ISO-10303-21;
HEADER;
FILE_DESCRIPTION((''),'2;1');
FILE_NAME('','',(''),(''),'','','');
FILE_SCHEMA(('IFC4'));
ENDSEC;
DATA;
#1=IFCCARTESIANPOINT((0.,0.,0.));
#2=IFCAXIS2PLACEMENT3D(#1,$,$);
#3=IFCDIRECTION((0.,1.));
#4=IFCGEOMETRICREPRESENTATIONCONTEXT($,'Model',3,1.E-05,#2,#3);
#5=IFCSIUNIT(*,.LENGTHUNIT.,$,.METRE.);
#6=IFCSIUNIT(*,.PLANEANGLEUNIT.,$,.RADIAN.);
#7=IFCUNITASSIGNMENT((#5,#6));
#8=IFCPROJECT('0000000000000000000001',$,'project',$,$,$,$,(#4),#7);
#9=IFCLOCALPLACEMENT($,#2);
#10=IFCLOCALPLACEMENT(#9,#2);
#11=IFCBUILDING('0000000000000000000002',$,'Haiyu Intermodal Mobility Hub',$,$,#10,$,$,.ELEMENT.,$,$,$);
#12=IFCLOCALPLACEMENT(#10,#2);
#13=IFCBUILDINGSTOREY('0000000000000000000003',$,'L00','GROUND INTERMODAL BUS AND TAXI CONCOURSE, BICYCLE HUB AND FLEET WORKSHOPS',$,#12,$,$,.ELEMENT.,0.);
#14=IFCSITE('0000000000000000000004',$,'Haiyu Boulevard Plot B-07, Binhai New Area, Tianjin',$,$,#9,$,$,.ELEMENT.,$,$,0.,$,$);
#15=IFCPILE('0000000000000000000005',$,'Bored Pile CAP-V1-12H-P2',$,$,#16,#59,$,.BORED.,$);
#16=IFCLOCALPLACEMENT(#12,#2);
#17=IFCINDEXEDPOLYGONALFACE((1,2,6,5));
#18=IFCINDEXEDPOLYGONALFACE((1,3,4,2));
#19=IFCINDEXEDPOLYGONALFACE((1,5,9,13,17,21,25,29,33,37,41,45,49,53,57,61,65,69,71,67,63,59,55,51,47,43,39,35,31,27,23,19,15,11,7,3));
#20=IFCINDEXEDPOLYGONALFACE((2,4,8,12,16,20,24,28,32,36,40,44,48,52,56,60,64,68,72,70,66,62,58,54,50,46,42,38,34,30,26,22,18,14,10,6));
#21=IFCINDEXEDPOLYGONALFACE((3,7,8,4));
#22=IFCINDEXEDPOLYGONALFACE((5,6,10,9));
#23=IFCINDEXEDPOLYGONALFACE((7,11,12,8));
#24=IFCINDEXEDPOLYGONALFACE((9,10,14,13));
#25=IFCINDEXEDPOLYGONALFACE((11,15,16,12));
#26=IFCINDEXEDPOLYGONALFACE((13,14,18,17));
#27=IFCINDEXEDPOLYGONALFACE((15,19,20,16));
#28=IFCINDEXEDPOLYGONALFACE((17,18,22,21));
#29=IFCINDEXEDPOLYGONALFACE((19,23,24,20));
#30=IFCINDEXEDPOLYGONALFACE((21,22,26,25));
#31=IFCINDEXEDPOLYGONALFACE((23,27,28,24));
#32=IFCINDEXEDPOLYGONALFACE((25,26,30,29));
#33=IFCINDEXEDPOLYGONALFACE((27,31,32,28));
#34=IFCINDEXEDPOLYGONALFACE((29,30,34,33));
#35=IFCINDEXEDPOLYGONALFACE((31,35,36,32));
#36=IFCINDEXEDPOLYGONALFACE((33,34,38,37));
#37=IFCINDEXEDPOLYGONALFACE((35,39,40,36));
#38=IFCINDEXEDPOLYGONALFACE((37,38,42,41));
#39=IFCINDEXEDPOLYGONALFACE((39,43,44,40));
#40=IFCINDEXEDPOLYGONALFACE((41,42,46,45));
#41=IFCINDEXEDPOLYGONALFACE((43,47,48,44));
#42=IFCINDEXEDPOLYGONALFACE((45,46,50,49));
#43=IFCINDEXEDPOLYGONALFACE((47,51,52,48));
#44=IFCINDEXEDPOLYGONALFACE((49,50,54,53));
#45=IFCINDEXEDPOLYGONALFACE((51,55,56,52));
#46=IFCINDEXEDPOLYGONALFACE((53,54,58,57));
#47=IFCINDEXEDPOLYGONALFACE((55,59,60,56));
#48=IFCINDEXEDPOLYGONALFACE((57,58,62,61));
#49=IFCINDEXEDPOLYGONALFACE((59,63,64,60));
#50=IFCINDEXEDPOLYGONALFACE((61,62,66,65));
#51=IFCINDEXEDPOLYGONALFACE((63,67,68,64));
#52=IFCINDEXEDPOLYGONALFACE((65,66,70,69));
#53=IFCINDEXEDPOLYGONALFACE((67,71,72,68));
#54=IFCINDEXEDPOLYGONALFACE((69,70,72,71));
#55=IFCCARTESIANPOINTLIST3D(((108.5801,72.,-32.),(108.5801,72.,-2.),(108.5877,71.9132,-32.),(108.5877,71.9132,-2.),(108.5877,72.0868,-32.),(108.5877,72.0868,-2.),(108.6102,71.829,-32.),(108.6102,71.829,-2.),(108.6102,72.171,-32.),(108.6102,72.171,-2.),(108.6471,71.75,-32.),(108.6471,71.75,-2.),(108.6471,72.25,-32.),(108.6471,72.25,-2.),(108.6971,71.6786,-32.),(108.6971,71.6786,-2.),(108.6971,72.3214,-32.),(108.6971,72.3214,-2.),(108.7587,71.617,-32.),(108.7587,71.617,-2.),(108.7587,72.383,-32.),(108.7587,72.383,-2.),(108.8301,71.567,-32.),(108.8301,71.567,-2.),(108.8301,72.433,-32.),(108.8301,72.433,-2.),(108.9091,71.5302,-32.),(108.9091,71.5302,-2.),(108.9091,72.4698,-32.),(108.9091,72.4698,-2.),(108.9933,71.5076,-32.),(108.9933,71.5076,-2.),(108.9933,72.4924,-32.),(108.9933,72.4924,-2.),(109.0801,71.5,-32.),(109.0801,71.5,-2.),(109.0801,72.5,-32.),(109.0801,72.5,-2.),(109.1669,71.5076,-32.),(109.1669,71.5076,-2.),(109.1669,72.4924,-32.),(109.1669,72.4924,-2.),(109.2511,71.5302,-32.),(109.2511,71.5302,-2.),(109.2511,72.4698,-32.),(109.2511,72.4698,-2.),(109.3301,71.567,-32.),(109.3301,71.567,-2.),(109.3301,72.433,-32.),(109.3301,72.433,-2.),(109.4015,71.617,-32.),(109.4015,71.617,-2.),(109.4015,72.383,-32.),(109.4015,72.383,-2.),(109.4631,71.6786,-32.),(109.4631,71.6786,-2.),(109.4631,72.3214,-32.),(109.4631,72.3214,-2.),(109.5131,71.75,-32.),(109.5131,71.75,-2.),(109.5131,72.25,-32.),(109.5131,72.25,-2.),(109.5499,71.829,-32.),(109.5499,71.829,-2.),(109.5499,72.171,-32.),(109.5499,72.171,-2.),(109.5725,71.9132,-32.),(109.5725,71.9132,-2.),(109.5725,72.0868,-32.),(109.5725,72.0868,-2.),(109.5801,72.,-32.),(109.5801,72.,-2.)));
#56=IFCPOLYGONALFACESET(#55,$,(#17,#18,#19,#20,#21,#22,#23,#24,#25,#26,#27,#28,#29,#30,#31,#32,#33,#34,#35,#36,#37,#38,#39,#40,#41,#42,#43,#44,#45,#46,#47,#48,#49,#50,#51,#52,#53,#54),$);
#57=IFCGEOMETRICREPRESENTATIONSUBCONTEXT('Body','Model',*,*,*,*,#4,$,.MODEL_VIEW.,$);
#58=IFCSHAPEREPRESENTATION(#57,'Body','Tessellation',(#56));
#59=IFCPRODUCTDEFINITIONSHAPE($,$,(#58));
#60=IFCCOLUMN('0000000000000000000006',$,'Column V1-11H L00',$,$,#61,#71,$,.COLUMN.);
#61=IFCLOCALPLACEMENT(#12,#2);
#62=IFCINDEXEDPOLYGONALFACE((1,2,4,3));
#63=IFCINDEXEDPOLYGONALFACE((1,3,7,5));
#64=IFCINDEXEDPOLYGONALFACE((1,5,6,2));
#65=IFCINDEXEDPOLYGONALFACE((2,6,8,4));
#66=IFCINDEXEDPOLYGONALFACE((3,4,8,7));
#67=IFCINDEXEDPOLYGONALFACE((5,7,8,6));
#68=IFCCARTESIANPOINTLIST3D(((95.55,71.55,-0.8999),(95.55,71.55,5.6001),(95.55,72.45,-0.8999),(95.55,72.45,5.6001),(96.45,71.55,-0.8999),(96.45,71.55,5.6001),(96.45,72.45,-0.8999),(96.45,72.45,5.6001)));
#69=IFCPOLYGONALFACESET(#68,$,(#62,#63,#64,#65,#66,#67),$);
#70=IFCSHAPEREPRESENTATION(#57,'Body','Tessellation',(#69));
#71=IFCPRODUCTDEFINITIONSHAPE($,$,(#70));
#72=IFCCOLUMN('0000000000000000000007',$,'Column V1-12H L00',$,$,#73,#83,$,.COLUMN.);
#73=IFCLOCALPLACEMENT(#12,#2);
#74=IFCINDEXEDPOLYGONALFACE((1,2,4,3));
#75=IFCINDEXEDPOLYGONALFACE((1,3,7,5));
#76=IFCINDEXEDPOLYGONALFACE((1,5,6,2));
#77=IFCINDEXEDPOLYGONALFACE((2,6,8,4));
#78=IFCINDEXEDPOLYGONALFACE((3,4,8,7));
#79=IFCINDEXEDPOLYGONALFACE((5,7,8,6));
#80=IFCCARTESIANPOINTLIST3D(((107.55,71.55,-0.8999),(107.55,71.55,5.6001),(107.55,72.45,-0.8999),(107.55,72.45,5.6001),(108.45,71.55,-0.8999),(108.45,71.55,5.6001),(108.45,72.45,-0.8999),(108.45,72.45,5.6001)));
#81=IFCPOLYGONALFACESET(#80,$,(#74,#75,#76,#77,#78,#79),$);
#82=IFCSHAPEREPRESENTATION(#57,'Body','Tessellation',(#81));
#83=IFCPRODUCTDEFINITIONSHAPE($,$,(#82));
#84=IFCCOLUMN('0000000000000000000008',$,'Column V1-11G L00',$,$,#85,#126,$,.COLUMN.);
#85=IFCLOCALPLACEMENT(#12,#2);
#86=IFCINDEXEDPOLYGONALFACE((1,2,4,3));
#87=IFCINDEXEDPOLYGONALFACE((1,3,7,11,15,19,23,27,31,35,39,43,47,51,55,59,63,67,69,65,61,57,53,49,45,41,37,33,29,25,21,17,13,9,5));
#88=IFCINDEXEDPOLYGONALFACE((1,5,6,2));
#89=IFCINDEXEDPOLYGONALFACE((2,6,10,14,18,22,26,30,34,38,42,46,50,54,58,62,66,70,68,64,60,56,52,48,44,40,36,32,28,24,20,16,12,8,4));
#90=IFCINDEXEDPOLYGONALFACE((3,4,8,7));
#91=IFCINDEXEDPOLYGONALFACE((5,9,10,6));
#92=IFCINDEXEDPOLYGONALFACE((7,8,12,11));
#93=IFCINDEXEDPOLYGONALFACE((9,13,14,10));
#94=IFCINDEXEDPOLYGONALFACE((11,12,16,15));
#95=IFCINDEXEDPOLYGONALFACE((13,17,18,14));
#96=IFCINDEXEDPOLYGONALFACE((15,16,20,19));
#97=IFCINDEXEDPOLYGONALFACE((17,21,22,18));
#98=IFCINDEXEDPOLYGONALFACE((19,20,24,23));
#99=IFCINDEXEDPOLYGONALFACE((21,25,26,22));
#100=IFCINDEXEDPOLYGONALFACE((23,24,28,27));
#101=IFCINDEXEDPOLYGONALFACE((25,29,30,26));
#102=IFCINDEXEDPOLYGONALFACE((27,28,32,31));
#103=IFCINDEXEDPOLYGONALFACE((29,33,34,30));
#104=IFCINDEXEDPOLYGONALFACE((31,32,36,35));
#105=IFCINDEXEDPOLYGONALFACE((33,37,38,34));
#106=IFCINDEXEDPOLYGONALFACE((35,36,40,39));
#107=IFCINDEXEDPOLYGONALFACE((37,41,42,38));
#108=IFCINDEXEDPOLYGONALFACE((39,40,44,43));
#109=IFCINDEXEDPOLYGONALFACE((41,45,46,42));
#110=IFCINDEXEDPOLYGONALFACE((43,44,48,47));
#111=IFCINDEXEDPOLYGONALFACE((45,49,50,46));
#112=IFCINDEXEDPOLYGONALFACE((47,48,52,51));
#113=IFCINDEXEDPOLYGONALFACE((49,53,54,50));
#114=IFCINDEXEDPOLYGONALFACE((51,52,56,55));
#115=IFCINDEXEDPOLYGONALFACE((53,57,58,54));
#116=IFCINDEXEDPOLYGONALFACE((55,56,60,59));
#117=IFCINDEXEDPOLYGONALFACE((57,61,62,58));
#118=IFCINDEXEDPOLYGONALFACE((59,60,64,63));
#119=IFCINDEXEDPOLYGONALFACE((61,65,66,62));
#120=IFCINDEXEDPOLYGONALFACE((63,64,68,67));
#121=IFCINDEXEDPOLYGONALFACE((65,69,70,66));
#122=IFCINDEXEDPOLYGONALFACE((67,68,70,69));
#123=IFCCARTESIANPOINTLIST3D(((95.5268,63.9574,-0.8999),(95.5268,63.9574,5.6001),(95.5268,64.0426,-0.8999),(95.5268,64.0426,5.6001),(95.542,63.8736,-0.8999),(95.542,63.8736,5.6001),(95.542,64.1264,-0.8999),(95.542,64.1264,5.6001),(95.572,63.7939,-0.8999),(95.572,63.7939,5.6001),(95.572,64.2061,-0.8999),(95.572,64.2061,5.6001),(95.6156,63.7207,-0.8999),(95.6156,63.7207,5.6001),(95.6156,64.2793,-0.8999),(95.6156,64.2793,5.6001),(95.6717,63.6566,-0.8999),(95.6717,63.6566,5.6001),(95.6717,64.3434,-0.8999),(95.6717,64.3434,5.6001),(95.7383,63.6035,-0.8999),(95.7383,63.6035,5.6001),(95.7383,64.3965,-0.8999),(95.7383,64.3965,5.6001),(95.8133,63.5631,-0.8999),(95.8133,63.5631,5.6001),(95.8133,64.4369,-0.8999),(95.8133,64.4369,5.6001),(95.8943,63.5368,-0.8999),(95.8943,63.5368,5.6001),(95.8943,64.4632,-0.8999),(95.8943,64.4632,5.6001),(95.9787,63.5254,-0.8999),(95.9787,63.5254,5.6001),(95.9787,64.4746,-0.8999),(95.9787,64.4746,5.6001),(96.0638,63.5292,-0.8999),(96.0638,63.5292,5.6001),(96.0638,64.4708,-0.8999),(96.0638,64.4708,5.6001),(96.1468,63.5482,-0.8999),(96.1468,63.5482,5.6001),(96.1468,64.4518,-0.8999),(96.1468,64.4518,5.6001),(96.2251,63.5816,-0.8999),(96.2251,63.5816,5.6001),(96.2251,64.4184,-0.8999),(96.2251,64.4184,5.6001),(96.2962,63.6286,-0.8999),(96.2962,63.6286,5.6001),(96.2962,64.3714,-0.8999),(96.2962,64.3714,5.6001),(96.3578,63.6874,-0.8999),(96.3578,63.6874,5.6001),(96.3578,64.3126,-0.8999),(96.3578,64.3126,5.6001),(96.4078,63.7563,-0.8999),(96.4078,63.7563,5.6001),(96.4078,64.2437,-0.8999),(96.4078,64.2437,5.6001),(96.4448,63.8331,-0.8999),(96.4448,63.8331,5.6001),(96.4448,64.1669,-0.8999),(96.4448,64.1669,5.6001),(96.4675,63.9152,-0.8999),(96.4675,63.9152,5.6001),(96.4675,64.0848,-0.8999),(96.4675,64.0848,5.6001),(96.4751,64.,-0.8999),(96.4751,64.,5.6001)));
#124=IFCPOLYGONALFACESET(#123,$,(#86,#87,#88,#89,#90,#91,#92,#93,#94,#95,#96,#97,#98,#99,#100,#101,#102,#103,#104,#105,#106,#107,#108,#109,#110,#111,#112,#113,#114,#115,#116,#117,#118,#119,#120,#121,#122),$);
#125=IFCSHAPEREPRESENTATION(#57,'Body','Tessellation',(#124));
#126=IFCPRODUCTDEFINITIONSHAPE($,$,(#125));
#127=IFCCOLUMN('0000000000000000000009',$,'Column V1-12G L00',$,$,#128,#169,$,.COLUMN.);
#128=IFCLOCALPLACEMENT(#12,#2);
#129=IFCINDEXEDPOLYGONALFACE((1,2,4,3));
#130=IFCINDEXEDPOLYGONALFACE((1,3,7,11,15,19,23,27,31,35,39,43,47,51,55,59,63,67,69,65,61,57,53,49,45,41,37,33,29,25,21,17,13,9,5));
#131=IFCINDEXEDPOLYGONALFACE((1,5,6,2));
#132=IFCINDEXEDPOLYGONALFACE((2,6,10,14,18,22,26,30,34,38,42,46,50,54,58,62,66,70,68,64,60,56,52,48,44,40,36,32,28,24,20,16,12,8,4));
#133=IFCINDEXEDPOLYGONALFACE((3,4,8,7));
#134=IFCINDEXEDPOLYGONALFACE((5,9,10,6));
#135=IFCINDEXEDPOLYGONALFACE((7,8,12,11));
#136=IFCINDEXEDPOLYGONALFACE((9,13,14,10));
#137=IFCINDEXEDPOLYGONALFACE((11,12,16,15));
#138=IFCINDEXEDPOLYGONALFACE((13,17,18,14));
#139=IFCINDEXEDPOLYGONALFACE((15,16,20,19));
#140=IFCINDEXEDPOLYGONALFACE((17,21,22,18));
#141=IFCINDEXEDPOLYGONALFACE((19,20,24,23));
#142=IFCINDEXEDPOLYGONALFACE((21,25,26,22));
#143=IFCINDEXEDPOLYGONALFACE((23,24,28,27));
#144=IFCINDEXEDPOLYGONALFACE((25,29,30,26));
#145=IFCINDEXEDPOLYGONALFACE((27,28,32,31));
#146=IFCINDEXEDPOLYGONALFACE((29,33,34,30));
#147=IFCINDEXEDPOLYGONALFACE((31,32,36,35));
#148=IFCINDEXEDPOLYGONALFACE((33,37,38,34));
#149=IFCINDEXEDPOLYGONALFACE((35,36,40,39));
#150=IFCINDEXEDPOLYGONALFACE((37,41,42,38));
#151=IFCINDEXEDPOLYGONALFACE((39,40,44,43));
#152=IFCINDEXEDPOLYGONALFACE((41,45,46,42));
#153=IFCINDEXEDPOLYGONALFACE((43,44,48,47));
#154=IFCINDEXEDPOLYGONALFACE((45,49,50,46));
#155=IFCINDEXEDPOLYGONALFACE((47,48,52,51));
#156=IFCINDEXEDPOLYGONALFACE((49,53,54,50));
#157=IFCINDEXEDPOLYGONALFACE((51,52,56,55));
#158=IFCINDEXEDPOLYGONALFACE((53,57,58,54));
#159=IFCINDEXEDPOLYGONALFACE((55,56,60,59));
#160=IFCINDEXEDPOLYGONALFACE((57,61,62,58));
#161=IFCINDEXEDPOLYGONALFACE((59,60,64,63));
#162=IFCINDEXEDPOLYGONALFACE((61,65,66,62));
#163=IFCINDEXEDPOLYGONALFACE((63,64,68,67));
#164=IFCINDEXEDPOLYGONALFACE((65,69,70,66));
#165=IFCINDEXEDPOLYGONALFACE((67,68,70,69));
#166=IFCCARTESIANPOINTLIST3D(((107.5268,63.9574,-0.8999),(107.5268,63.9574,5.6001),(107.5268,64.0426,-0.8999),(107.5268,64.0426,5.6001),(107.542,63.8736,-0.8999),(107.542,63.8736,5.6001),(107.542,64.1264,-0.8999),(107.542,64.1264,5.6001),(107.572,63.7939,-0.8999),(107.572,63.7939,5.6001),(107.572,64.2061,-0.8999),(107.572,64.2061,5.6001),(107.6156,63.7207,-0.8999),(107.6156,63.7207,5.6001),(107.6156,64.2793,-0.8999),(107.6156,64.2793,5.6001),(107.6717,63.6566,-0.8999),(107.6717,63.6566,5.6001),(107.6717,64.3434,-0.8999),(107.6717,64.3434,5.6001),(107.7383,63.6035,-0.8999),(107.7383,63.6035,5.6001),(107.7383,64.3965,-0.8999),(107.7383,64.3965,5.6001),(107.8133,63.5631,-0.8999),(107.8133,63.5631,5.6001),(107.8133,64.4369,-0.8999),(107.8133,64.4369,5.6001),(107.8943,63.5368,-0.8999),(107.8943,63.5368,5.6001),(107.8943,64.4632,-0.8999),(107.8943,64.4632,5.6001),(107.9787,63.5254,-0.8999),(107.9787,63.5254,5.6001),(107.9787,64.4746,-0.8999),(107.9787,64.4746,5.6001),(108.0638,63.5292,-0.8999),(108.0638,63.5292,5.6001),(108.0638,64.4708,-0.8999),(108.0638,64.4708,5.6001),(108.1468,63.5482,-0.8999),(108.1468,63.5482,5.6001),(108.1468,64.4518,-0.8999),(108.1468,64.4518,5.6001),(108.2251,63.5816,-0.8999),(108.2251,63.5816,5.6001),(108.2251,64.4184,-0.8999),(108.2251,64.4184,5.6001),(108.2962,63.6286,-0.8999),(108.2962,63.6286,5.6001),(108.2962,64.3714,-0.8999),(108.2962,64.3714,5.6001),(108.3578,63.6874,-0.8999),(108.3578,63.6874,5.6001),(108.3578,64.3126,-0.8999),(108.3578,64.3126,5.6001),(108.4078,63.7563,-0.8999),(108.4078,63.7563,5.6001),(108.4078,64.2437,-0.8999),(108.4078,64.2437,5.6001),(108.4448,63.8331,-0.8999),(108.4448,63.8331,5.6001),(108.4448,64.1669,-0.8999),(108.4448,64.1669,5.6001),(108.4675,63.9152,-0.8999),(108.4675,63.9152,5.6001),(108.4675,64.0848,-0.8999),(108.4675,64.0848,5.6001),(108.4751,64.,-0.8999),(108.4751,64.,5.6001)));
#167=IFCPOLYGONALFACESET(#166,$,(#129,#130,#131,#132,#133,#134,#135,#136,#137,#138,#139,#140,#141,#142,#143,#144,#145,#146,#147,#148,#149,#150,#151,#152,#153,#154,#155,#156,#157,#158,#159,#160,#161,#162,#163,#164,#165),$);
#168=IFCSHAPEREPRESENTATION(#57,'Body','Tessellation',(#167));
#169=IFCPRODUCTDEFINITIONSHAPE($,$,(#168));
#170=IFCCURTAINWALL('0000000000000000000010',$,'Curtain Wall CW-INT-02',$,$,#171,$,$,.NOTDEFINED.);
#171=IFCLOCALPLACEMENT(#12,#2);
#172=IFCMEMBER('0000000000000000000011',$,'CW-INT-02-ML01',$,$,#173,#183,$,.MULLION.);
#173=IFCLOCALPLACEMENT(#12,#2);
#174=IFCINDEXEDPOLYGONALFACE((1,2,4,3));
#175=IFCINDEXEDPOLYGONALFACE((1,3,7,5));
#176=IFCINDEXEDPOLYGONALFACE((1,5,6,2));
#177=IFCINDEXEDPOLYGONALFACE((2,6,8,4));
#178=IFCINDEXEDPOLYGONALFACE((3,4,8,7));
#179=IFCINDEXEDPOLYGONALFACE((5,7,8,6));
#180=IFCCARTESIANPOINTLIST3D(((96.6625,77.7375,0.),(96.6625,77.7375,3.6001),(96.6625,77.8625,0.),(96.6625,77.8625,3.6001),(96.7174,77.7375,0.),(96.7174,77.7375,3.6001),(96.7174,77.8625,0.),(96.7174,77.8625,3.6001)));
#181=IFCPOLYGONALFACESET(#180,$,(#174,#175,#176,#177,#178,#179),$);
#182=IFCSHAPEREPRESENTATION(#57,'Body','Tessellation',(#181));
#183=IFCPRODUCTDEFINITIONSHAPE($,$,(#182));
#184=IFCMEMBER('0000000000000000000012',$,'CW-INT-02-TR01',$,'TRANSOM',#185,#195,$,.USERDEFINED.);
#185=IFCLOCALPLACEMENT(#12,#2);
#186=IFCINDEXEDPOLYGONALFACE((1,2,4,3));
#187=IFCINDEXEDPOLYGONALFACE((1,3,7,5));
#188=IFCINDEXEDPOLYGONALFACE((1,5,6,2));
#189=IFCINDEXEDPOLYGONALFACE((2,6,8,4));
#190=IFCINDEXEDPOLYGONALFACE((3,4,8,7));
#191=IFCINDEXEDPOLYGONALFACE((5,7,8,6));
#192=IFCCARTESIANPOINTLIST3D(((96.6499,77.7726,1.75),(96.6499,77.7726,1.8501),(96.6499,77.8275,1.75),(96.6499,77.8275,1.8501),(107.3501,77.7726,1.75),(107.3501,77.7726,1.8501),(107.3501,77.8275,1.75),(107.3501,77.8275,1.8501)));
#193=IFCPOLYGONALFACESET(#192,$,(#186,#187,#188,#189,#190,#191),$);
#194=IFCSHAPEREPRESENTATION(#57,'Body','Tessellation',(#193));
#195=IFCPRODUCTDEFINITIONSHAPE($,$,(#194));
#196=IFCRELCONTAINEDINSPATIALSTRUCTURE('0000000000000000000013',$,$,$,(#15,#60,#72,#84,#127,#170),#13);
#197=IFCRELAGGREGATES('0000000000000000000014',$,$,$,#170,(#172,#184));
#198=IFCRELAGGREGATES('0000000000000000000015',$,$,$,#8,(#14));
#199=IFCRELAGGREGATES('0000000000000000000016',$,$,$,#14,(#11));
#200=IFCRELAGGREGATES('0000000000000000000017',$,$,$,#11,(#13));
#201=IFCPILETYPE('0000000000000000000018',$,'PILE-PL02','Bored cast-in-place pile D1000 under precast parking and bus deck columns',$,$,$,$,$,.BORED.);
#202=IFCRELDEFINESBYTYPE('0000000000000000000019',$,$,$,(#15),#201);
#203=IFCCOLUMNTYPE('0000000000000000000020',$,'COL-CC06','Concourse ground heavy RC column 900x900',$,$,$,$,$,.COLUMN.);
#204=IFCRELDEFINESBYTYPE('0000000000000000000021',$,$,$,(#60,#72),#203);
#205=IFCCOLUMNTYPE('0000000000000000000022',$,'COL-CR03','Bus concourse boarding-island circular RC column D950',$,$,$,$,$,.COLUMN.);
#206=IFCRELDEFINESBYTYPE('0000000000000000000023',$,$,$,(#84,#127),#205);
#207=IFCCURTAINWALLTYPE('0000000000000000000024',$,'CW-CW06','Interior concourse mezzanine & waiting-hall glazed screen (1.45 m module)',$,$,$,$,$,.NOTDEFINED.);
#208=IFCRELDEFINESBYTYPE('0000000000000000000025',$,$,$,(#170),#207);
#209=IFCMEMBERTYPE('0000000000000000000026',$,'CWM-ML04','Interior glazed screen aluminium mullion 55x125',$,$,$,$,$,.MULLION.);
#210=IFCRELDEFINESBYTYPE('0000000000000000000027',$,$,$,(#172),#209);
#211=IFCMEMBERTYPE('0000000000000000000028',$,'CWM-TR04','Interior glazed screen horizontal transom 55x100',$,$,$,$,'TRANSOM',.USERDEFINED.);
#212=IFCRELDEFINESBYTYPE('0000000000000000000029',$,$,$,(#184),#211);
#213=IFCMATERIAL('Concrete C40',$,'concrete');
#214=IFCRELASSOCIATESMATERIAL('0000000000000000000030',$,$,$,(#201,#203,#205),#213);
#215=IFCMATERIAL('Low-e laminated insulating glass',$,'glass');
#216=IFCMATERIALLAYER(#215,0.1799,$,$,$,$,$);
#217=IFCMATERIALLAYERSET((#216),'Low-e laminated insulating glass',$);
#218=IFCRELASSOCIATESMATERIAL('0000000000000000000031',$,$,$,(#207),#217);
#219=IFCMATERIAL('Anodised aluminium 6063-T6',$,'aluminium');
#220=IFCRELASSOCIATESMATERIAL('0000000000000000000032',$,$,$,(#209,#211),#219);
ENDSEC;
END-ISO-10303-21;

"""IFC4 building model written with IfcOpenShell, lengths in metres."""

from ifc_helpers import new_model, si_unit, direction, frame, origin, origin_2d, place, context, subcontext, project, spatial, rectangle, circle, extrude, material, layer, layer_set, material_profile, profile_set, type_object, element, aggregate, save


model = new_model("IFC4")

# Units and contexts
model_context = context("Model", 3, precision=1e-05, world=origin(), true_north=direction((0.0, 1.0)))
body_context = subcontext(model_context, "Body", "Model", "MODEL_VIEW")
ifc_project = project(units=[si_unit("LENGTHUNIT", "METRE"), si_unit("PLANEANGLEUNIT", "RADIAN")], contexts=[model_context])

# Site, building, storey
site_placement = place(None, origin())
site = spatial("IfcSite", under=ifc_project, at=site_placement, Name="Haiyu Boulevard Plot B-07, Binhai New Area, Tianjin", CompositionType="ELEMENT", RefElevation=0.0)
building_placement = place(site_placement, origin())
building = spatial("IfcBuilding", under=site, at=building_placement, Name="Haiyu Intermodal Mobility Hub", CompositionType="ELEMENT")
storey_placement = place(building_placement, origin())
storey = spatial("IfcBuildingStorey", under=building, at=storey_placement, Name="L00", Description="GROUND INTERMODAL BUS AND TAXI CONCOURSE, BICYCLE HUB AND FLEET WORKSHOPS", CompositionType="ELEMENT", Elevation=0.0)

# Shared definitions
ifc_material_1 = material(Name="Concrete C40", Category="concrete")

# Pile
ifc_material_profile_1 = material_profile(ifc_material_1, circle(Radius=0.5, at=origin_2d()), Name="PILE-D1000")
ifc_profile_set_1 = profile_set([ifc_material_profile_1], Name="Concrete C40")
pile_type = type_object("IfcPileType", Name="PILE-PL02", Description="Bored cast-in-place pile D1000 under precast parking and bus deck columns", PredefinedType="BORED", material=ifc_profile_set_1)
for number, where, z_axis, x_axis, name in (
    (1, (109.0801, 72.0, -2.0), (0.0, 0.0, -1.0), (1.0, 0.0, 0.0), "Bored Pile CAP-V1-12H-P2"),
):
    element("IfcPile", number, at=place(storey_placement, frame(where, z_axis=z_axis, x_axis=x_axis)), inside=storey, type_object=pile_type, Name=name, PredefinedType="BORED", context=body_context, shape_type="SweptSolid", body=[
        extrude(circle(Radius=0.5, at=origin_2d()), origin(), (0.0, 0.0, 1.0), 30.0),
    ])

# Columns
ifc_material_profile_2 = material_profile(ifc_material_1, rectangle(XDim=0.8999, YDim=0.8999, at=origin_2d()), Name="RC900x900")
ifc_profile_set_2 = profile_set([ifc_material_profile_2], Name="Concrete C40")
column_type_1 = type_object("IfcColumnType", Name="COL-CC06", Description="Concourse ground heavy RC column 900x900", PredefinedType="COLUMN", material=ifc_profile_set_2)
for number, where, z_axis, x_axis, name in (
    (2, (96.0, 72.0, -0.8999), (0.0, 0.0, 1.0), (1.0, 0.0, 0.0), "Column V1-11H L00"),
    (3, (108.0, 72.0, -0.8999), (0.0, 0.0, 1.0), (1.0, 0.0, 0.0), "Column V1-12H L00"),
):
    element("IfcColumn", number, at=place(storey_placement, frame(where, z_axis=z_axis, x_axis=x_axis)), inside=storey, type_object=column_type_1, Name=name, PredefinedType="COLUMN", context=body_context, shape_type="SweptSolid", body=[
        extrude(rectangle(XDim=0.8999, YDim=0.8999, at=origin_2d()), origin(), (0.0, 0.0, 1.0), 6.5),
    ])
ifc_material_profile_3 = material_profile(ifc_material_1, circle(Radius=0.4751, at=origin_2d()), Name="RCCOL-D950")
ifc_profile_set_3 = profile_set([ifc_material_profile_3], Name="Concrete C40")
column_type_2 = type_object("IfcColumnType", Name="COL-CR03", Description="Bus concourse boarding-island circular RC column D950", PredefinedType="COLUMN", material=ifc_profile_set_3)
for number, where, z_axis, x_axis, name in (
    (4, (96.0, 64.0, -0.8999), (0.0, 0.0, 1.0), (1.0, 0.0, 0.0), "Column V1-11G L00"),
    (5, (108.0, 64.0, -0.8999), (0.0, 0.0, 1.0), (1.0, 0.0, 0.0), "Column V1-12G L00"),
):
    element("IfcColumn", number, at=place(storey_placement, frame(where, z_axis=z_axis, x_axis=x_axis)), inside=storey, type_object=column_type_2, Name=name, PredefinedType="COLUMN", context=body_context, shape_type="SweptSolid", body=[
        extrude(circle(Radius=0.4751, at=origin_2d()), origin(), (0.0, 0.0, 1.0), 6.5),
    ])

# Curtain wall, members
ifc_material_2 = material(Name="Low-e laminated insulating glass", Category="glass")
ifc_layer_1 = layer(ifc_material_2, 0.1799)
ifc_layer_set_1 = layer_set([ifc_layer_1], Name="Low-e laminated insulating glass")
curtain_wall_type = type_object("IfcCurtainWallType", Name="CW-CW06", Description="Interior concourse mezzanine & waiting-hall glazed screen (1.45 m module)", PredefinedType="NOTDEFINED", material=ifc_layer_set_1)
curtain_wall_placement = place(storey_placement, origin())
curtain_wall = element("IfcCurtainWall", 6, at=curtain_wall_placement, inside=storey, type_object=curtain_wall_type, Name="Curtain Wall CW-INT-02", PredefinedType="NOTDEFINED")
ifc_material_3 = material(Name="Anodised aluminium 6063-T6", Category="aluminium")
ifc_material_profile_4 = material_profile(ifc_material_3, rectangle(XDim=0.0549, YDim=0.125, at=origin_2d()), Name="ALU55x125")
ifc_profile_set_4 = profile_set([ifc_material_profile_4], Name="Anodised aluminium 6063-T6")
member_type_1 = type_object("IfcMemberType", Name="CWM-ML04", Description="Interior glazed screen aluminium mullion 55x125", PredefinedType="MULLION", material=ifc_profile_set_4)
member_1_placement = place(storey_placement, frame((96.6899, 77.8, 0.0), z_axis=(0.0, 0.0, 1.0), x_axis=(1.0, 0.0, 0.0)))
member_1 = element("IfcMember", 7, at=member_1_placement, type_object=member_type_1, Name="CW-INT-02-ML01", PredefinedType="MULLION", context=body_context, shape_type="SweptSolid", body=[
    extrude(rectangle(XDim=0.0549, YDim=0.125, at=origin_2d()), origin(), (0.0, 0.0, 1.0), 3.6001),
])
ifc_material_profile_5 = material_profile(ifc_material_3, rectangle(XDim=0.0549, YDim=0.1001, at=origin_2d()), Name="ALU55x100")
ifc_profile_set_5 = profile_set([ifc_material_profile_5], Name="Anodised aluminium 6063-T6")
member_type_2 = type_object("IfcMemberType", Name="CWM-TR04", Description="Interior glazed screen horizontal transom 55x100", ElementType="TRANSOM", PredefinedType="USERDEFINED", material=ifc_profile_set_5)
member_2_placement = place(storey_placement, frame((96.6499, 77.8, 1.8), z_axis=(1.0, 0.0, 0.0), x_axis=(0.0, 1.0, 0.0)))
member_2 = element("IfcMember", 8, at=member_2_placement, type_object=member_type_2, Name="CW-INT-02-TR01", ObjectType="TRANSOM", PredefinedType="USERDEFINED", context=body_context, shape_type="SweptSolid", body=[
    extrude(rectangle(XDim=0.0549, YDim=0.1001, at=origin_2d()), origin(), (0.0, 0.0, 1.0), 10.7002),
])
aggregate(curtain_wall, [member_1, member_2])

save(model, "model.ifc")
